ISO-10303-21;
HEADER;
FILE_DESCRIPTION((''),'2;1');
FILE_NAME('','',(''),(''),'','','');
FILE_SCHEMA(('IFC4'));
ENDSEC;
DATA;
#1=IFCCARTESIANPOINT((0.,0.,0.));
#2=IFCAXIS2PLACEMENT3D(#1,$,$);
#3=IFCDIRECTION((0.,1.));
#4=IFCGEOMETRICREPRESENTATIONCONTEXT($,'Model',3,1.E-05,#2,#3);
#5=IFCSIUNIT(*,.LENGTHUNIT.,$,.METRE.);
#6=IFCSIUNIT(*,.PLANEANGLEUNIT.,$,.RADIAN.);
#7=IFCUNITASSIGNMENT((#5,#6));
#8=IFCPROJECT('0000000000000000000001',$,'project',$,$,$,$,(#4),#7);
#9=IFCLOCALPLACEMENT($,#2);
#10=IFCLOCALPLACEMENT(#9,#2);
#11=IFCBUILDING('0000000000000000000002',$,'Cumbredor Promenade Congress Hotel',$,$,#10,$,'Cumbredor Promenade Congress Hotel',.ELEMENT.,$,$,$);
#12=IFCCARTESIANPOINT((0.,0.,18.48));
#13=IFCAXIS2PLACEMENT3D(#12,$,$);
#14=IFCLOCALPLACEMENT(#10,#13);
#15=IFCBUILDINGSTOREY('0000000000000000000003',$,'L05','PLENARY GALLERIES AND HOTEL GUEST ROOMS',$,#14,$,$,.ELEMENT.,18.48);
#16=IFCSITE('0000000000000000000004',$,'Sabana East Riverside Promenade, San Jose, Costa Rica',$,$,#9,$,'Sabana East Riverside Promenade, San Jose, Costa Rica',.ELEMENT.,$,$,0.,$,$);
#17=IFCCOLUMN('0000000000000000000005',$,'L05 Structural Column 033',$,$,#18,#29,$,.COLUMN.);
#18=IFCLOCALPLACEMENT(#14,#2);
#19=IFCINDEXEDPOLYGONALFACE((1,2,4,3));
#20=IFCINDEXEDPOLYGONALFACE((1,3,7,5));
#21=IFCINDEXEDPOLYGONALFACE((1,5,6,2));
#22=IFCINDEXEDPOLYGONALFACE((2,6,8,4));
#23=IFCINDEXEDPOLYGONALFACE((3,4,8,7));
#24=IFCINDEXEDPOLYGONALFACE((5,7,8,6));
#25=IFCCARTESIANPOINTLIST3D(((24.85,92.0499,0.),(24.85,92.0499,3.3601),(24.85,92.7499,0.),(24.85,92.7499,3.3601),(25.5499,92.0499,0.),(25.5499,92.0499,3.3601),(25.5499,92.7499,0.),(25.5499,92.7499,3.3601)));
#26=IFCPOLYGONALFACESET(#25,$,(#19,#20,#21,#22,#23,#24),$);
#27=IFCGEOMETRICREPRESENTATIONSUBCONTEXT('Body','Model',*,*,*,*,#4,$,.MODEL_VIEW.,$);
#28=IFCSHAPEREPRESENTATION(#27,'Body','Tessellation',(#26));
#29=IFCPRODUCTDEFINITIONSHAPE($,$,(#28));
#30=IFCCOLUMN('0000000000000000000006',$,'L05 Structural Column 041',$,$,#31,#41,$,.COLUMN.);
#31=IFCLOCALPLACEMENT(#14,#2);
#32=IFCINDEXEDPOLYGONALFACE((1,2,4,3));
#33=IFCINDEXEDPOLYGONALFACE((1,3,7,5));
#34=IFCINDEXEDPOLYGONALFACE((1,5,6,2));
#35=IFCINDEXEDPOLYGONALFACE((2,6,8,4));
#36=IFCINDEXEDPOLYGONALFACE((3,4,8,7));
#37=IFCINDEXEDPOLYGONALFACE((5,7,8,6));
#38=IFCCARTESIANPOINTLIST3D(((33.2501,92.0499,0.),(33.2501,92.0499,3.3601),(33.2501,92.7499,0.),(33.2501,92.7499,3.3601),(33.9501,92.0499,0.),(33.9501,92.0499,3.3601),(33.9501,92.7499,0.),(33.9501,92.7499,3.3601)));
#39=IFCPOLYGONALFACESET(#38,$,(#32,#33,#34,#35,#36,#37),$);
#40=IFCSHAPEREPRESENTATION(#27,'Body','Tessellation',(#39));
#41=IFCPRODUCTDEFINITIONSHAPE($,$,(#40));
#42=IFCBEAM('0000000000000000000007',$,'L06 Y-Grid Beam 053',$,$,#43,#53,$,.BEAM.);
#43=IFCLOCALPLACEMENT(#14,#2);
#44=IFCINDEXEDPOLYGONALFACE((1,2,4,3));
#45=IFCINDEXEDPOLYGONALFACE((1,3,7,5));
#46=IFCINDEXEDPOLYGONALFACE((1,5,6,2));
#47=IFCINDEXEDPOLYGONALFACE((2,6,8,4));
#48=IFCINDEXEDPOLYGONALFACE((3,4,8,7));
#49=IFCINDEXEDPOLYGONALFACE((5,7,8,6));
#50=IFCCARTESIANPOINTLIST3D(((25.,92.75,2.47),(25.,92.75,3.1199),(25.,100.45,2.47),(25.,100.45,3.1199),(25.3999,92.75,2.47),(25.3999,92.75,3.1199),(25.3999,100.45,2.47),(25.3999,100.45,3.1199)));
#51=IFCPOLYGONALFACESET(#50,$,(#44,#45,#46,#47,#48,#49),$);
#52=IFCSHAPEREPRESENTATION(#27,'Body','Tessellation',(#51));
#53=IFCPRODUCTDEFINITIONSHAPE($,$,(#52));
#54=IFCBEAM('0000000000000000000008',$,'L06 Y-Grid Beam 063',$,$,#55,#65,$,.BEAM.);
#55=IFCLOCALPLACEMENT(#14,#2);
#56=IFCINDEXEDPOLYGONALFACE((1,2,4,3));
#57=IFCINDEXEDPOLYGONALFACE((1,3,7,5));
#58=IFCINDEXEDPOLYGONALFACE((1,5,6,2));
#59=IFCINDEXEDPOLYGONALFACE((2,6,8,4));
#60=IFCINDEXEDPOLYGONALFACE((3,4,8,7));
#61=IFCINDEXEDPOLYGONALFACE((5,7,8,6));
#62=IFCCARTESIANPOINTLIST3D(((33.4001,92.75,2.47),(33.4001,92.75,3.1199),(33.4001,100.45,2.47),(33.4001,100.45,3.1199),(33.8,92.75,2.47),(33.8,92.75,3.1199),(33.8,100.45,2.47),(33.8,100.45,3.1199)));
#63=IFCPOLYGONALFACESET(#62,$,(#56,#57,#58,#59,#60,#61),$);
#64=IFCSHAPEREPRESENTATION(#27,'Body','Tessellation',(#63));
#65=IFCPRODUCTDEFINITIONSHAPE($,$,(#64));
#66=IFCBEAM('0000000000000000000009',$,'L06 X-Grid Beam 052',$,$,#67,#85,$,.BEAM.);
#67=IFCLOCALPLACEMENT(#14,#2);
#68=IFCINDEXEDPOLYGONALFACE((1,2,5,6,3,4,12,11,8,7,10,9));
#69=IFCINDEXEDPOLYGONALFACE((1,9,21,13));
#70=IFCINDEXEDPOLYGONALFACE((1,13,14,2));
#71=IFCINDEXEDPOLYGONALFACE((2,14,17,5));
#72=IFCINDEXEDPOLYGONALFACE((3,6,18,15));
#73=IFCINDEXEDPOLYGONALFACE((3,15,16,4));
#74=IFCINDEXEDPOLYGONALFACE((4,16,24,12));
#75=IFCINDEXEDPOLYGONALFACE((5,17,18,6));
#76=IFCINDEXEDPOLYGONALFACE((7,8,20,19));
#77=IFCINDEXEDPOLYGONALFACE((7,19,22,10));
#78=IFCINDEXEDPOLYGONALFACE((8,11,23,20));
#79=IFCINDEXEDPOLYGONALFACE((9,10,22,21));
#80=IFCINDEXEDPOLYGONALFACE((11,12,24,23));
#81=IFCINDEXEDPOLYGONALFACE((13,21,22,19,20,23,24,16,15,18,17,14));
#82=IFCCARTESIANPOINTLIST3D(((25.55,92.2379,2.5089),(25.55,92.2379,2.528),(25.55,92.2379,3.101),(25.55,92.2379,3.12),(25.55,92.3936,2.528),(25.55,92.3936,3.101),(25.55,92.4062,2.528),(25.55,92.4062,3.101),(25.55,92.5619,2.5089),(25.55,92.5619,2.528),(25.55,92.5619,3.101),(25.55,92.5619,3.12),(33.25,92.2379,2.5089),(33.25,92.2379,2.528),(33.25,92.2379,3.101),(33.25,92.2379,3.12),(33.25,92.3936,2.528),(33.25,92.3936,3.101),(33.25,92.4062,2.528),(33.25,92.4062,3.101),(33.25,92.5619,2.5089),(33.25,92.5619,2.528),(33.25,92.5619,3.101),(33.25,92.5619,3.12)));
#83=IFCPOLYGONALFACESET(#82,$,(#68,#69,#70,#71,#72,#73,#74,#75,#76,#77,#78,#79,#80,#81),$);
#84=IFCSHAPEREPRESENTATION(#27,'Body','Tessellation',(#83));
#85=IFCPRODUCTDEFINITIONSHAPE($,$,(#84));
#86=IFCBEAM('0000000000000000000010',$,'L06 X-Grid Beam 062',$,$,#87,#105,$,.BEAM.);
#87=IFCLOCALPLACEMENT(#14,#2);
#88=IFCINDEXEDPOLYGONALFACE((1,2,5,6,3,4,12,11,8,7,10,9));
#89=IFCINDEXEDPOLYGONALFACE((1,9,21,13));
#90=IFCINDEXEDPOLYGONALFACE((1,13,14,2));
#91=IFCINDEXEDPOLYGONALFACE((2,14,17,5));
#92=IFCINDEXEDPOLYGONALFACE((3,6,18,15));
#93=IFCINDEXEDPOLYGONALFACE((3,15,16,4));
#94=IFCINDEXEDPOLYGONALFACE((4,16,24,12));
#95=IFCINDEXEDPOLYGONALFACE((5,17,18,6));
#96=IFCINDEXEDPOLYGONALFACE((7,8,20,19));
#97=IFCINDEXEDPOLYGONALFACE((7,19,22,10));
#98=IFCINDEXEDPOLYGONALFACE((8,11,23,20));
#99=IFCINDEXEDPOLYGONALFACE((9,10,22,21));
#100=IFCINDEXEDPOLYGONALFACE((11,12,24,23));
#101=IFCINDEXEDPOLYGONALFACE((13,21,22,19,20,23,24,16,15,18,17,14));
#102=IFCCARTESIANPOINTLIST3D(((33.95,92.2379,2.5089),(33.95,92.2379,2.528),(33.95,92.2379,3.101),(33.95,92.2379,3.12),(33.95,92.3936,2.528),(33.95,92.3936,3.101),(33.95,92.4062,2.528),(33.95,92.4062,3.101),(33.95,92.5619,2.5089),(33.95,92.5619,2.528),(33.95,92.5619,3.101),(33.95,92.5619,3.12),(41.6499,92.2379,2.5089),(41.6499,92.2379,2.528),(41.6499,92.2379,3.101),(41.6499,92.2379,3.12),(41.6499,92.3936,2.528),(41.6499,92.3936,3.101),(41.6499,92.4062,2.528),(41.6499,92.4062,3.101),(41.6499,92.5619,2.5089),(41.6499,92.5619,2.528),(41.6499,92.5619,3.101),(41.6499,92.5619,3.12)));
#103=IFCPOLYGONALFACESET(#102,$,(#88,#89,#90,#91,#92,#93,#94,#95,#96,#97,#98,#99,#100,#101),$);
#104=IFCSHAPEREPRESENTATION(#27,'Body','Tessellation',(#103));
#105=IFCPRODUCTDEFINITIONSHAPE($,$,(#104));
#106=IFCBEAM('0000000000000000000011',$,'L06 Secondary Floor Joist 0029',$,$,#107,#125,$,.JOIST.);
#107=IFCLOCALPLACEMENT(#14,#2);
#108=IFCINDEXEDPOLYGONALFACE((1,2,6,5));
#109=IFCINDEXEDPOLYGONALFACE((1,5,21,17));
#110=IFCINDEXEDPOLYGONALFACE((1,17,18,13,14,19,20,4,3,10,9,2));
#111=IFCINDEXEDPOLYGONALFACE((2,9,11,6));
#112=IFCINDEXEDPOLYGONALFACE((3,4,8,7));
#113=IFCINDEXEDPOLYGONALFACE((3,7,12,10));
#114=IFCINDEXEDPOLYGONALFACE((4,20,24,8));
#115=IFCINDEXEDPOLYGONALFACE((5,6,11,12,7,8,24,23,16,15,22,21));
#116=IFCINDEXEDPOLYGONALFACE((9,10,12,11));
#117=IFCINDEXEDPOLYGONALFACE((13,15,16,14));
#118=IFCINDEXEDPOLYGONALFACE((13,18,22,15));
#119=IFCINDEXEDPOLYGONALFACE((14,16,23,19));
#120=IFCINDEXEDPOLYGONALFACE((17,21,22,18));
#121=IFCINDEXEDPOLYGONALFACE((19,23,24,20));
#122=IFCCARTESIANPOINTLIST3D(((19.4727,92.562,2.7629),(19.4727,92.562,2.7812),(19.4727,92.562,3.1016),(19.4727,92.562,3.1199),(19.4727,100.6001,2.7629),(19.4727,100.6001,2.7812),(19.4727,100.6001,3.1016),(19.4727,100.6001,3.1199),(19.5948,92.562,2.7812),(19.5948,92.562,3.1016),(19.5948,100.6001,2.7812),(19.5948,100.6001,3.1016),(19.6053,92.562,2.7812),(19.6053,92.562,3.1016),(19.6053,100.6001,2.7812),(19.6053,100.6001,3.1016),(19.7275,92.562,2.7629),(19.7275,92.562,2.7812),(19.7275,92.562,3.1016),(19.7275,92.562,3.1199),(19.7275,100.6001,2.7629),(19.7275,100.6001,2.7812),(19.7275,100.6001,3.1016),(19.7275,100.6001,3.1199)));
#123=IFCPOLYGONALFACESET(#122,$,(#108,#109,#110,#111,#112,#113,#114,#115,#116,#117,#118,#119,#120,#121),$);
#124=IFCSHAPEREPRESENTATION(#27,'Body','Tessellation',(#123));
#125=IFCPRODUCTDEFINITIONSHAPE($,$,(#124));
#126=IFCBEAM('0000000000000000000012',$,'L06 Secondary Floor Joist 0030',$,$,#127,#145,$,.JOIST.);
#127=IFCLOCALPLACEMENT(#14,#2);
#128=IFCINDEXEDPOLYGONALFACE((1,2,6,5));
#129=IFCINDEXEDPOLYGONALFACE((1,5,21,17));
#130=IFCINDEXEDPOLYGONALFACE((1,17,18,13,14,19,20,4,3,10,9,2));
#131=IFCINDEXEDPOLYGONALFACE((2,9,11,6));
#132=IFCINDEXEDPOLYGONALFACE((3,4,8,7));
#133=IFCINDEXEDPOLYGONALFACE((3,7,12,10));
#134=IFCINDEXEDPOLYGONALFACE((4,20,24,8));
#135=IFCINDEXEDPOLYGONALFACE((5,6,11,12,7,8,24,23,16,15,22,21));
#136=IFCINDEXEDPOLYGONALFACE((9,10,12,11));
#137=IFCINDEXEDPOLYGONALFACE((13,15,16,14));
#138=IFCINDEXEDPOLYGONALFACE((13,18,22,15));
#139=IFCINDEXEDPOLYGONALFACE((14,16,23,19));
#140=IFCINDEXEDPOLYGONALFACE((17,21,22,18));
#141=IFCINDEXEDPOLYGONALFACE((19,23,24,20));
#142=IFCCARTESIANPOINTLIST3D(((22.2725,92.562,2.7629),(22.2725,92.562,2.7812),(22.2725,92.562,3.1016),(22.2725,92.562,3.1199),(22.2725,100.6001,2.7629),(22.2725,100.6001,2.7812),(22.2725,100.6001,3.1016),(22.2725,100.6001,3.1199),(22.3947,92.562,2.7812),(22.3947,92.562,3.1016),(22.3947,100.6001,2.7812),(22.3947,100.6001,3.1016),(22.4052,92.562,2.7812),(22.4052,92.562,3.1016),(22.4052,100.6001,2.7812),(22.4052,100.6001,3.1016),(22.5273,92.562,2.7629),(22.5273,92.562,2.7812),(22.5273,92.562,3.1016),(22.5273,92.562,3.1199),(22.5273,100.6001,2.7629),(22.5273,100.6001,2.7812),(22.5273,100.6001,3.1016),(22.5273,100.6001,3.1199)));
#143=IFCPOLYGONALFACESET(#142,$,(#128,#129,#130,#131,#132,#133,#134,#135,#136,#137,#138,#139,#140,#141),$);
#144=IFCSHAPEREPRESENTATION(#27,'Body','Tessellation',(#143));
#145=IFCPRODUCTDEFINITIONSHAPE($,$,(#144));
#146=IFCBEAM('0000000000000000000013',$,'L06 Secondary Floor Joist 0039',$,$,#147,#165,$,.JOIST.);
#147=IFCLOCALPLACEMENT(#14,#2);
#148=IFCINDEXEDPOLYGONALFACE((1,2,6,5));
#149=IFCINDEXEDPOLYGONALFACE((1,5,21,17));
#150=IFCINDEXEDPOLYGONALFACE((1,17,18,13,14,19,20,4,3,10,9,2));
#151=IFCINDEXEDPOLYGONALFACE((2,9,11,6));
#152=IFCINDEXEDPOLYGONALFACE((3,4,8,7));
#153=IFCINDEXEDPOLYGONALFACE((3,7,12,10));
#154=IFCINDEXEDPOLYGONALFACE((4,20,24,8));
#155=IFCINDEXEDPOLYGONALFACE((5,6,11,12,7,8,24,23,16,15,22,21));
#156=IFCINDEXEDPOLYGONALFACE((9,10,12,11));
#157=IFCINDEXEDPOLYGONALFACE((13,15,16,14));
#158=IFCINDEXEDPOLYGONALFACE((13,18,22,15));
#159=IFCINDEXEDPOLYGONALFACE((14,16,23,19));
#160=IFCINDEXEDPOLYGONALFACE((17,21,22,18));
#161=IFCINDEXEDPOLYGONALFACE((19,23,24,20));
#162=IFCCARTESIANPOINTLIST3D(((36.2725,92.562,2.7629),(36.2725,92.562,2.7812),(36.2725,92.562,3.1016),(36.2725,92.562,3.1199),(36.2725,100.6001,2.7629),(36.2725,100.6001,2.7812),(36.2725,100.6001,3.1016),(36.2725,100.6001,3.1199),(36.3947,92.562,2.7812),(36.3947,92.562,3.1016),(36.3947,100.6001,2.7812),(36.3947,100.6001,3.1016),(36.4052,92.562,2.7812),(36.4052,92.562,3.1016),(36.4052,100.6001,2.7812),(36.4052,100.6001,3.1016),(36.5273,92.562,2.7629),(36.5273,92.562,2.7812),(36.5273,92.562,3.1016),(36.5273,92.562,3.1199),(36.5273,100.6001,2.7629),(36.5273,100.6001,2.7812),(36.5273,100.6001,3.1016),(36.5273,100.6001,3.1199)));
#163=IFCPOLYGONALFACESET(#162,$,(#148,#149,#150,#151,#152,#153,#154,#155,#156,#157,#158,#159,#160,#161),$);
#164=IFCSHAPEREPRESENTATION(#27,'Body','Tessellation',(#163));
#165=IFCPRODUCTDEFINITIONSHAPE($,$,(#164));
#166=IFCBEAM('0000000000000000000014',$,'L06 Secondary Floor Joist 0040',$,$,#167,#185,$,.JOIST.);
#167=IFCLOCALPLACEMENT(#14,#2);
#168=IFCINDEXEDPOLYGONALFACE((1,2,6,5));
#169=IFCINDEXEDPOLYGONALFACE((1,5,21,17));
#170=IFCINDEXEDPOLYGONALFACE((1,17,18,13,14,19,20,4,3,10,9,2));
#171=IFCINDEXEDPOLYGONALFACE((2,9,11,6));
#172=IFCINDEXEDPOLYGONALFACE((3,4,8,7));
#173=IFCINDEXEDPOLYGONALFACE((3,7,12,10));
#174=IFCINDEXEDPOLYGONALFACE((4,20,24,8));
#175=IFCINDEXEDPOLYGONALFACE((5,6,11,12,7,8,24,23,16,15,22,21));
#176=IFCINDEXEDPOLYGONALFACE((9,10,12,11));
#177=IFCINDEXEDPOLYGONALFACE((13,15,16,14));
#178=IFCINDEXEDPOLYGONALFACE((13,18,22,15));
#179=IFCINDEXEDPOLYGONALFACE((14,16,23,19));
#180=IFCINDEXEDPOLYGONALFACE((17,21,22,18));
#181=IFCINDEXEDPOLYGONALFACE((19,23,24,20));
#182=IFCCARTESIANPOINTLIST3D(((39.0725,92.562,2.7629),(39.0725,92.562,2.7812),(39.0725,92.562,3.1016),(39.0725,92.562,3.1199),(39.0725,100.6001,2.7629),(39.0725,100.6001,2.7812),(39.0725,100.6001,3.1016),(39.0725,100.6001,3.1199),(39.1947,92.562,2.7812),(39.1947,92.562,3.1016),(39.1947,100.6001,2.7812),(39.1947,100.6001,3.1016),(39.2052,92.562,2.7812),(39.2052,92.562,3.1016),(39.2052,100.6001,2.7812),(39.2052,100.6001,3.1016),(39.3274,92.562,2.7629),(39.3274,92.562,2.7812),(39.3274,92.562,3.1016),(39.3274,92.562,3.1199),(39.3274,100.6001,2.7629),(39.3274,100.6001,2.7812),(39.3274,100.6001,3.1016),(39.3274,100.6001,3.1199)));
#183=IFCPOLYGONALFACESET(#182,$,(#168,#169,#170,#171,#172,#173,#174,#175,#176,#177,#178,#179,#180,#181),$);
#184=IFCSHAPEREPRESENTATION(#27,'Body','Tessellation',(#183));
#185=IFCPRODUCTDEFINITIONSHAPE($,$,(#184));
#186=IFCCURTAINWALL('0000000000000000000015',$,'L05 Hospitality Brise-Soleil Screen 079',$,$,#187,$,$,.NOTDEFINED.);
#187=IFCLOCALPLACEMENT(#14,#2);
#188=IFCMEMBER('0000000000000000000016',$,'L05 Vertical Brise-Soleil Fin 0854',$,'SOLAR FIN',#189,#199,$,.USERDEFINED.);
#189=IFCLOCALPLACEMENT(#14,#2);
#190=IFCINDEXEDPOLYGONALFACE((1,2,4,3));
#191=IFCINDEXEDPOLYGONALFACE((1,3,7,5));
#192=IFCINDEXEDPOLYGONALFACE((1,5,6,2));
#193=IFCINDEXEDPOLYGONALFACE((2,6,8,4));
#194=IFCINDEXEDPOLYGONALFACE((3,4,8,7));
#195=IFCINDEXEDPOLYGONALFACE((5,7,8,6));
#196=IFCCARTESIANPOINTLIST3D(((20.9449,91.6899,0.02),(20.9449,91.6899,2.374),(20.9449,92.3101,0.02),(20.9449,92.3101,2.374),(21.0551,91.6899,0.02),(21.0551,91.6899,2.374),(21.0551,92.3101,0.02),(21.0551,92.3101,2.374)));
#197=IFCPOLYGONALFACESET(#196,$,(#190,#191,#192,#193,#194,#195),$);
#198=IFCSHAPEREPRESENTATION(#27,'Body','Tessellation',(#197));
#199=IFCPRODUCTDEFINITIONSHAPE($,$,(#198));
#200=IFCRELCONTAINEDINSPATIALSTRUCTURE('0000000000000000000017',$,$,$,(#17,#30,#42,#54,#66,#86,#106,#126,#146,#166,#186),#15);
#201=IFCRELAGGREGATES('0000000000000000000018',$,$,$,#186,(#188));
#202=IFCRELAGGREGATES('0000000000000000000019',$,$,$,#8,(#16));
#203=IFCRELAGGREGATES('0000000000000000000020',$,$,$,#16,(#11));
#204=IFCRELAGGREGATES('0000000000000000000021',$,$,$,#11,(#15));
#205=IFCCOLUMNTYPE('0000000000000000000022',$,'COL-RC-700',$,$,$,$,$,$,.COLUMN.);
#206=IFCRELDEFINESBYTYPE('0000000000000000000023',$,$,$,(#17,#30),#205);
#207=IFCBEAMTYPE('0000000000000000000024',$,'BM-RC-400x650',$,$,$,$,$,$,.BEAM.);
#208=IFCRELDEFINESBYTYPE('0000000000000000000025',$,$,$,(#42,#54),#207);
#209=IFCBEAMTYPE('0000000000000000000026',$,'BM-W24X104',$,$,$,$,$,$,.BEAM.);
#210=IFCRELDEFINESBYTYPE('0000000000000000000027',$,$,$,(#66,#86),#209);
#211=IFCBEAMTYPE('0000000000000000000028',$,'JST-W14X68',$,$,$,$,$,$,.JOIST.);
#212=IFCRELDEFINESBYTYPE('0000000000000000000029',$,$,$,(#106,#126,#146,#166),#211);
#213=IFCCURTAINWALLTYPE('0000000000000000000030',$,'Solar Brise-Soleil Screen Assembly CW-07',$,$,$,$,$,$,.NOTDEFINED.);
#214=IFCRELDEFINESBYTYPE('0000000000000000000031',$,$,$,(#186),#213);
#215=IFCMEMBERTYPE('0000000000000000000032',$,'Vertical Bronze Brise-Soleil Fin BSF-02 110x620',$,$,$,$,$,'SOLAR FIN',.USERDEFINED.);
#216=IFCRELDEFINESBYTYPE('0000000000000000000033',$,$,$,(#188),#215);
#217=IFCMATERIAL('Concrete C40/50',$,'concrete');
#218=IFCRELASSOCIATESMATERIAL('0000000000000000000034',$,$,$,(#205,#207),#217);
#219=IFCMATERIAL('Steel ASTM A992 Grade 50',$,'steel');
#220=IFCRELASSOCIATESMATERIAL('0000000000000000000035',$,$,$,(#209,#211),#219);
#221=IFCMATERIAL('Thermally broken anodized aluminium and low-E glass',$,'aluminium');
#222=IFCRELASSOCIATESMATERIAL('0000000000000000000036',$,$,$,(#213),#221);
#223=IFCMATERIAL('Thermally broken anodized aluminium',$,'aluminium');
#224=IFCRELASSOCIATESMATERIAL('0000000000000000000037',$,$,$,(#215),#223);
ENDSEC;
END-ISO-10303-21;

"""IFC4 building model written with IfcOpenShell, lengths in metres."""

from ifc_helpers import new_model, si_unit, direction, frame, origin, origin_2d, place, context, subcontext, project, spatial, rectangle, i_section, extrude, material, material_profile, profile_set, type_object, element, aggregate, save


model = new_model("IFC4")

# Units and contexts
model_context = context("Model", 3, precision=1e-05, world=origin(), true_north=direction((0.0, 1.0)))
body_context = subcontext(model_context, "Body", "Model", "MODEL_VIEW")
ifc_project = project(units=[si_unit("LENGTHUNIT", "METRE"), si_unit("PLANEANGLEUNIT", "RADIAN")], contexts=[model_context])

# Site, building, storey
site_placement = place(None, origin())
site = spatial("IfcSite", under=ifc_project, at=site_placement, Name="Sabana East Riverside Promenade, San Jose, Costa Rica", LongName="Sabana East Riverside Promenade, San Jose, Costa Rica", CompositionType="ELEMENT", RefElevation=0.0)
building_placement = place(site_placement, origin())
building = spatial("IfcBuilding", under=site, at=building_placement, Name="Cumbredor Promenade Congress Hotel", LongName="Cumbredor Promenade Congress Hotel", CompositionType="ELEMENT")
storey_placement = place(building_placement, frame((0.0, 0.0, 18.48)))
storey = spatial("IfcBuildingStorey", under=building, at=storey_placement, Name="L05", Description="PLENARY GALLERIES AND HOTEL GUEST ROOMS", CompositionType="ELEMENT", Elevation=18.48)

# Columns
ifc_material_1 = material(Name="Concrete C40/50", Category="concrete")
ifc_material_profile_1 = material_profile(ifc_material_1, rectangle(XDim=0.7, YDim=0.7, at=origin_2d()), Name="RC 700x700")
ifc_profile_set_1 = profile_set([ifc_material_profile_1], Name="Concrete C40/50")
column_type = type_object("IfcColumnType", Name="COL-RC-700", PredefinedType="COLUMN", material=ifc_profile_set_1)
for number, where, z_axis, x_axis, name in (
    (1, (25.2, 92.3999, 0.0), (0.0, 0.0, 1.0), (1.0, 0.0, 0.0), "L05 Structural Column 033"),
    (2, (33.6001, 92.3999, 0.0), (0.0, 0.0, 1.0), (1.0, 0.0, 0.0), "L05 Structural Column 041"),
):
    element("IfcColumn", number, at=place(storey_placement, frame(where, z_axis=z_axis, x_axis=x_axis)), inside=storey, type_object=column_type, Name=name, PredefinedType="COLUMN", context=body_context, shape_type="SweptSolid", body=[
        extrude(rectangle(XDim=0.7, YDim=0.7, at=origin_2d()), origin(), (0.0, 0.0, 1.0), 3.3601),
    ])

# Beams
ifc_material_profile_2 = material_profile(ifc_material_1, rectangle(XDim=0.3999, YDim=0.6499, at=origin_2d()), Name="RC BEAM 400x650")
ifc_profile_set_2 = profile_set([ifc_material_profile_2], Name="Concrete C40/50")
beam_type_1 = type_object("IfcBeamType", Name="BM-RC-400x650", PredefinedType="BEAM", material=ifc_profile_set_2)
for number, where, z_axis, x_axis, name in (
    (3, (25.2, 92.75, 2.7949), (0.0, 1.0, 0.0), (-1.0, 0.0, 0.0), "L06 Y-Grid Beam 053"),
    (4, (33.6001, 92.75, 2.7949), (0.0, 1.0, 0.0), (-1.0, 0.0, 0.0), "L06 Y-Grid Beam 063"),
):
    element("IfcBeam", number, at=place(storey_placement, frame(where, z_axis=z_axis, x_axis=x_axis)), inside=storey, type_object=beam_type_1, Name=name, PredefinedType="BEAM", context=body_context, shape_type="SweptSolid", body=[
        extrude(rectangle(XDim=0.3999, YDim=0.6499, at=origin_2d()), origin(), (0.0, 0.0, 1.0), 7.7),
    ])
ifc_material_2 = material(Name="Steel ASTM A992 Grade 50", Category="steel")
ifc_material_profile_3 = material_profile(ifc_material_2, i_section(OverallWidth=0.324, OverallDepth=0.6111, WebThickness=0.0127, FlangeThickness=0.019, at=origin_2d()), Name="W24X104")
ifc_profile_set_3 = profile_set([ifc_material_profile_3], Name="Steel ASTM A992 Grade 50")
beam_type_2 = type_object("IfcBeamType", Name="BM-W24X104", PredefinedType="BEAM", material=ifc_profile_set_3)
for number, where, z_axis, x_axis, name in (
    (5, (25.55, 92.3999, 2.8145), (1.0, 0.0, 0.0), (0.0, 1.0, 0.0), "L06 X-Grid Beam 052"),
    (6, (33.95, 92.3999, 2.8145), (1.0, 0.0, 0.0), (0.0, 1.0, 0.0), "L06 X-Grid Beam 062"),
):
    element("IfcBeam", number, at=place(storey_placement, frame(where, z_axis=z_axis, x_axis=x_axis)), inside=storey, type_object=beam_type_2, Name=name, PredefinedType="BEAM", context=body_context, shape_type="SweptSolid", body=[
        extrude(i_section(OverallWidth=0.324, OverallDepth=0.6111, WebThickness=0.0127, FlangeThickness=0.019, at=origin_2d()), origin(), (0.0, 0.0, 1.0), 7.7),
    ])
ifc_material_profile_4 = material_profile(ifc_material_2, i_section(OverallWidth=0.2549, OverallDepth=0.3569, WebThickness=0.0105, FlangeThickness=0.0183, at=origin_2d()), Name="W14X68")
ifc_profile_set_4 = profile_set([ifc_material_profile_4], Name="Steel ASTM A992 Grade 50")
beam_type_3 = type_object("IfcBeamType", Name="JST-W14X68", PredefinedType="JOIST", material=ifc_profile_set_4)
for number, where, z_axis, x_axis, name in (
    (7, (19.6001, 92.562, 2.9414), (0.0, 1.0, 0.0), (-1.0, 0.0, 0.0), "L06 Secondary Floor Joist 0029"),
    (8, (22.3999, 92.562, 2.9414), (0.0, 1.0, 0.0), (-1.0, 0.0, 0.0), "L06 Secondary Floor Joist 0030"),
    (9, (36.3999, 92.562, 2.9414), (0.0, 1.0, 0.0), (-1.0, 0.0, 0.0), "L06 Secondary Floor Joist 0039"),
    (10, (39.2, 92.562, 2.9414), (0.0, 1.0, 0.0), (-1.0, 0.0, 0.0), "L06 Secondary Floor Joist 0040"),
):
    element("IfcBeam", number, at=place(storey_placement, frame(where, z_axis=z_axis, x_axis=x_axis)), inside=storey, type_object=beam_type_3, Name=name, PredefinedType="JOIST", context=body_context, shape_type="SweptSolid", body=[
        extrude(i_section(OverallWidth=0.2549, OverallDepth=0.3569, WebThickness=0.0105, FlangeThickness=0.0183, at=origin_2d()), origin(), (0.0, 0.0, 1.0), 8.0381),
    ])

# Curtain wall, member
ifc_material_3 = material(Name="Thermally broken anodized aluminium and low-E glass", Category="aluminium")
curtain_wall_type = type_object("IfcCurtainWallType", Name="Solar Brise-Soleil Screen Assembly CW-07", PredefinedType="NOTDEFINED", material=ifc_material_3)
curtain_wall_placement = place(storey_placement, origin())
curtain_wall = element("IfcCurtainWall", 11, at=curtain_wall_placement, inside=storey, type_object=curtain_wall_type, Name="L05 Hospitality Brise-Soleil Screen 079", PredefinedType="NOTDEFINED")
ifc_material_4 = material(Name="Thermally broken anodized aluminium", Category="aluminium")
ifc_material_profile_5 = material_profile(ifc_material_4, rectangle(XDim=0.1101, YDim=0.6201, at=origin_2d()), Name="ARCH FIN 110x620")
ifc_profile_set_5 = profile_set([ifc_material_profile_5], Name="Thermally broken anodized aluminium")
member_type_1 = type_object("IfcMemberType", Name="Vertical Bronze Brise-Soleil Fin BSF-02 110x620", ElementType="SOLAR FIN", PredefinedType="USERDEFINED", material=ifc_profile_set_5)
member_1_placement = place(storey_placement, frame((21.0, 92.0, 0.02), z_axis=(0.0, 0.0, 1.0), x_axis=(1.0, 0.0, 0.0)))
member_1 = element("IfcMember", 12, at=member_1_placement, type_object=member_type_1, Name="L05 Vertical Brise-Soleil Fin 0854", ObjectType="SOLAR FIN", PredefinedType="USERDEFINED", context=body_context, shape_type="SweptSolid", body=[
    extrude(rectangle(XDim=0.1101, YDim=0.6201, at=origin_2d()), origin(), (0.0, 0.0, 1.0), 2.354),
])
aggregate(curtain_wall, [member_1])

save(model, "model.ifc")
